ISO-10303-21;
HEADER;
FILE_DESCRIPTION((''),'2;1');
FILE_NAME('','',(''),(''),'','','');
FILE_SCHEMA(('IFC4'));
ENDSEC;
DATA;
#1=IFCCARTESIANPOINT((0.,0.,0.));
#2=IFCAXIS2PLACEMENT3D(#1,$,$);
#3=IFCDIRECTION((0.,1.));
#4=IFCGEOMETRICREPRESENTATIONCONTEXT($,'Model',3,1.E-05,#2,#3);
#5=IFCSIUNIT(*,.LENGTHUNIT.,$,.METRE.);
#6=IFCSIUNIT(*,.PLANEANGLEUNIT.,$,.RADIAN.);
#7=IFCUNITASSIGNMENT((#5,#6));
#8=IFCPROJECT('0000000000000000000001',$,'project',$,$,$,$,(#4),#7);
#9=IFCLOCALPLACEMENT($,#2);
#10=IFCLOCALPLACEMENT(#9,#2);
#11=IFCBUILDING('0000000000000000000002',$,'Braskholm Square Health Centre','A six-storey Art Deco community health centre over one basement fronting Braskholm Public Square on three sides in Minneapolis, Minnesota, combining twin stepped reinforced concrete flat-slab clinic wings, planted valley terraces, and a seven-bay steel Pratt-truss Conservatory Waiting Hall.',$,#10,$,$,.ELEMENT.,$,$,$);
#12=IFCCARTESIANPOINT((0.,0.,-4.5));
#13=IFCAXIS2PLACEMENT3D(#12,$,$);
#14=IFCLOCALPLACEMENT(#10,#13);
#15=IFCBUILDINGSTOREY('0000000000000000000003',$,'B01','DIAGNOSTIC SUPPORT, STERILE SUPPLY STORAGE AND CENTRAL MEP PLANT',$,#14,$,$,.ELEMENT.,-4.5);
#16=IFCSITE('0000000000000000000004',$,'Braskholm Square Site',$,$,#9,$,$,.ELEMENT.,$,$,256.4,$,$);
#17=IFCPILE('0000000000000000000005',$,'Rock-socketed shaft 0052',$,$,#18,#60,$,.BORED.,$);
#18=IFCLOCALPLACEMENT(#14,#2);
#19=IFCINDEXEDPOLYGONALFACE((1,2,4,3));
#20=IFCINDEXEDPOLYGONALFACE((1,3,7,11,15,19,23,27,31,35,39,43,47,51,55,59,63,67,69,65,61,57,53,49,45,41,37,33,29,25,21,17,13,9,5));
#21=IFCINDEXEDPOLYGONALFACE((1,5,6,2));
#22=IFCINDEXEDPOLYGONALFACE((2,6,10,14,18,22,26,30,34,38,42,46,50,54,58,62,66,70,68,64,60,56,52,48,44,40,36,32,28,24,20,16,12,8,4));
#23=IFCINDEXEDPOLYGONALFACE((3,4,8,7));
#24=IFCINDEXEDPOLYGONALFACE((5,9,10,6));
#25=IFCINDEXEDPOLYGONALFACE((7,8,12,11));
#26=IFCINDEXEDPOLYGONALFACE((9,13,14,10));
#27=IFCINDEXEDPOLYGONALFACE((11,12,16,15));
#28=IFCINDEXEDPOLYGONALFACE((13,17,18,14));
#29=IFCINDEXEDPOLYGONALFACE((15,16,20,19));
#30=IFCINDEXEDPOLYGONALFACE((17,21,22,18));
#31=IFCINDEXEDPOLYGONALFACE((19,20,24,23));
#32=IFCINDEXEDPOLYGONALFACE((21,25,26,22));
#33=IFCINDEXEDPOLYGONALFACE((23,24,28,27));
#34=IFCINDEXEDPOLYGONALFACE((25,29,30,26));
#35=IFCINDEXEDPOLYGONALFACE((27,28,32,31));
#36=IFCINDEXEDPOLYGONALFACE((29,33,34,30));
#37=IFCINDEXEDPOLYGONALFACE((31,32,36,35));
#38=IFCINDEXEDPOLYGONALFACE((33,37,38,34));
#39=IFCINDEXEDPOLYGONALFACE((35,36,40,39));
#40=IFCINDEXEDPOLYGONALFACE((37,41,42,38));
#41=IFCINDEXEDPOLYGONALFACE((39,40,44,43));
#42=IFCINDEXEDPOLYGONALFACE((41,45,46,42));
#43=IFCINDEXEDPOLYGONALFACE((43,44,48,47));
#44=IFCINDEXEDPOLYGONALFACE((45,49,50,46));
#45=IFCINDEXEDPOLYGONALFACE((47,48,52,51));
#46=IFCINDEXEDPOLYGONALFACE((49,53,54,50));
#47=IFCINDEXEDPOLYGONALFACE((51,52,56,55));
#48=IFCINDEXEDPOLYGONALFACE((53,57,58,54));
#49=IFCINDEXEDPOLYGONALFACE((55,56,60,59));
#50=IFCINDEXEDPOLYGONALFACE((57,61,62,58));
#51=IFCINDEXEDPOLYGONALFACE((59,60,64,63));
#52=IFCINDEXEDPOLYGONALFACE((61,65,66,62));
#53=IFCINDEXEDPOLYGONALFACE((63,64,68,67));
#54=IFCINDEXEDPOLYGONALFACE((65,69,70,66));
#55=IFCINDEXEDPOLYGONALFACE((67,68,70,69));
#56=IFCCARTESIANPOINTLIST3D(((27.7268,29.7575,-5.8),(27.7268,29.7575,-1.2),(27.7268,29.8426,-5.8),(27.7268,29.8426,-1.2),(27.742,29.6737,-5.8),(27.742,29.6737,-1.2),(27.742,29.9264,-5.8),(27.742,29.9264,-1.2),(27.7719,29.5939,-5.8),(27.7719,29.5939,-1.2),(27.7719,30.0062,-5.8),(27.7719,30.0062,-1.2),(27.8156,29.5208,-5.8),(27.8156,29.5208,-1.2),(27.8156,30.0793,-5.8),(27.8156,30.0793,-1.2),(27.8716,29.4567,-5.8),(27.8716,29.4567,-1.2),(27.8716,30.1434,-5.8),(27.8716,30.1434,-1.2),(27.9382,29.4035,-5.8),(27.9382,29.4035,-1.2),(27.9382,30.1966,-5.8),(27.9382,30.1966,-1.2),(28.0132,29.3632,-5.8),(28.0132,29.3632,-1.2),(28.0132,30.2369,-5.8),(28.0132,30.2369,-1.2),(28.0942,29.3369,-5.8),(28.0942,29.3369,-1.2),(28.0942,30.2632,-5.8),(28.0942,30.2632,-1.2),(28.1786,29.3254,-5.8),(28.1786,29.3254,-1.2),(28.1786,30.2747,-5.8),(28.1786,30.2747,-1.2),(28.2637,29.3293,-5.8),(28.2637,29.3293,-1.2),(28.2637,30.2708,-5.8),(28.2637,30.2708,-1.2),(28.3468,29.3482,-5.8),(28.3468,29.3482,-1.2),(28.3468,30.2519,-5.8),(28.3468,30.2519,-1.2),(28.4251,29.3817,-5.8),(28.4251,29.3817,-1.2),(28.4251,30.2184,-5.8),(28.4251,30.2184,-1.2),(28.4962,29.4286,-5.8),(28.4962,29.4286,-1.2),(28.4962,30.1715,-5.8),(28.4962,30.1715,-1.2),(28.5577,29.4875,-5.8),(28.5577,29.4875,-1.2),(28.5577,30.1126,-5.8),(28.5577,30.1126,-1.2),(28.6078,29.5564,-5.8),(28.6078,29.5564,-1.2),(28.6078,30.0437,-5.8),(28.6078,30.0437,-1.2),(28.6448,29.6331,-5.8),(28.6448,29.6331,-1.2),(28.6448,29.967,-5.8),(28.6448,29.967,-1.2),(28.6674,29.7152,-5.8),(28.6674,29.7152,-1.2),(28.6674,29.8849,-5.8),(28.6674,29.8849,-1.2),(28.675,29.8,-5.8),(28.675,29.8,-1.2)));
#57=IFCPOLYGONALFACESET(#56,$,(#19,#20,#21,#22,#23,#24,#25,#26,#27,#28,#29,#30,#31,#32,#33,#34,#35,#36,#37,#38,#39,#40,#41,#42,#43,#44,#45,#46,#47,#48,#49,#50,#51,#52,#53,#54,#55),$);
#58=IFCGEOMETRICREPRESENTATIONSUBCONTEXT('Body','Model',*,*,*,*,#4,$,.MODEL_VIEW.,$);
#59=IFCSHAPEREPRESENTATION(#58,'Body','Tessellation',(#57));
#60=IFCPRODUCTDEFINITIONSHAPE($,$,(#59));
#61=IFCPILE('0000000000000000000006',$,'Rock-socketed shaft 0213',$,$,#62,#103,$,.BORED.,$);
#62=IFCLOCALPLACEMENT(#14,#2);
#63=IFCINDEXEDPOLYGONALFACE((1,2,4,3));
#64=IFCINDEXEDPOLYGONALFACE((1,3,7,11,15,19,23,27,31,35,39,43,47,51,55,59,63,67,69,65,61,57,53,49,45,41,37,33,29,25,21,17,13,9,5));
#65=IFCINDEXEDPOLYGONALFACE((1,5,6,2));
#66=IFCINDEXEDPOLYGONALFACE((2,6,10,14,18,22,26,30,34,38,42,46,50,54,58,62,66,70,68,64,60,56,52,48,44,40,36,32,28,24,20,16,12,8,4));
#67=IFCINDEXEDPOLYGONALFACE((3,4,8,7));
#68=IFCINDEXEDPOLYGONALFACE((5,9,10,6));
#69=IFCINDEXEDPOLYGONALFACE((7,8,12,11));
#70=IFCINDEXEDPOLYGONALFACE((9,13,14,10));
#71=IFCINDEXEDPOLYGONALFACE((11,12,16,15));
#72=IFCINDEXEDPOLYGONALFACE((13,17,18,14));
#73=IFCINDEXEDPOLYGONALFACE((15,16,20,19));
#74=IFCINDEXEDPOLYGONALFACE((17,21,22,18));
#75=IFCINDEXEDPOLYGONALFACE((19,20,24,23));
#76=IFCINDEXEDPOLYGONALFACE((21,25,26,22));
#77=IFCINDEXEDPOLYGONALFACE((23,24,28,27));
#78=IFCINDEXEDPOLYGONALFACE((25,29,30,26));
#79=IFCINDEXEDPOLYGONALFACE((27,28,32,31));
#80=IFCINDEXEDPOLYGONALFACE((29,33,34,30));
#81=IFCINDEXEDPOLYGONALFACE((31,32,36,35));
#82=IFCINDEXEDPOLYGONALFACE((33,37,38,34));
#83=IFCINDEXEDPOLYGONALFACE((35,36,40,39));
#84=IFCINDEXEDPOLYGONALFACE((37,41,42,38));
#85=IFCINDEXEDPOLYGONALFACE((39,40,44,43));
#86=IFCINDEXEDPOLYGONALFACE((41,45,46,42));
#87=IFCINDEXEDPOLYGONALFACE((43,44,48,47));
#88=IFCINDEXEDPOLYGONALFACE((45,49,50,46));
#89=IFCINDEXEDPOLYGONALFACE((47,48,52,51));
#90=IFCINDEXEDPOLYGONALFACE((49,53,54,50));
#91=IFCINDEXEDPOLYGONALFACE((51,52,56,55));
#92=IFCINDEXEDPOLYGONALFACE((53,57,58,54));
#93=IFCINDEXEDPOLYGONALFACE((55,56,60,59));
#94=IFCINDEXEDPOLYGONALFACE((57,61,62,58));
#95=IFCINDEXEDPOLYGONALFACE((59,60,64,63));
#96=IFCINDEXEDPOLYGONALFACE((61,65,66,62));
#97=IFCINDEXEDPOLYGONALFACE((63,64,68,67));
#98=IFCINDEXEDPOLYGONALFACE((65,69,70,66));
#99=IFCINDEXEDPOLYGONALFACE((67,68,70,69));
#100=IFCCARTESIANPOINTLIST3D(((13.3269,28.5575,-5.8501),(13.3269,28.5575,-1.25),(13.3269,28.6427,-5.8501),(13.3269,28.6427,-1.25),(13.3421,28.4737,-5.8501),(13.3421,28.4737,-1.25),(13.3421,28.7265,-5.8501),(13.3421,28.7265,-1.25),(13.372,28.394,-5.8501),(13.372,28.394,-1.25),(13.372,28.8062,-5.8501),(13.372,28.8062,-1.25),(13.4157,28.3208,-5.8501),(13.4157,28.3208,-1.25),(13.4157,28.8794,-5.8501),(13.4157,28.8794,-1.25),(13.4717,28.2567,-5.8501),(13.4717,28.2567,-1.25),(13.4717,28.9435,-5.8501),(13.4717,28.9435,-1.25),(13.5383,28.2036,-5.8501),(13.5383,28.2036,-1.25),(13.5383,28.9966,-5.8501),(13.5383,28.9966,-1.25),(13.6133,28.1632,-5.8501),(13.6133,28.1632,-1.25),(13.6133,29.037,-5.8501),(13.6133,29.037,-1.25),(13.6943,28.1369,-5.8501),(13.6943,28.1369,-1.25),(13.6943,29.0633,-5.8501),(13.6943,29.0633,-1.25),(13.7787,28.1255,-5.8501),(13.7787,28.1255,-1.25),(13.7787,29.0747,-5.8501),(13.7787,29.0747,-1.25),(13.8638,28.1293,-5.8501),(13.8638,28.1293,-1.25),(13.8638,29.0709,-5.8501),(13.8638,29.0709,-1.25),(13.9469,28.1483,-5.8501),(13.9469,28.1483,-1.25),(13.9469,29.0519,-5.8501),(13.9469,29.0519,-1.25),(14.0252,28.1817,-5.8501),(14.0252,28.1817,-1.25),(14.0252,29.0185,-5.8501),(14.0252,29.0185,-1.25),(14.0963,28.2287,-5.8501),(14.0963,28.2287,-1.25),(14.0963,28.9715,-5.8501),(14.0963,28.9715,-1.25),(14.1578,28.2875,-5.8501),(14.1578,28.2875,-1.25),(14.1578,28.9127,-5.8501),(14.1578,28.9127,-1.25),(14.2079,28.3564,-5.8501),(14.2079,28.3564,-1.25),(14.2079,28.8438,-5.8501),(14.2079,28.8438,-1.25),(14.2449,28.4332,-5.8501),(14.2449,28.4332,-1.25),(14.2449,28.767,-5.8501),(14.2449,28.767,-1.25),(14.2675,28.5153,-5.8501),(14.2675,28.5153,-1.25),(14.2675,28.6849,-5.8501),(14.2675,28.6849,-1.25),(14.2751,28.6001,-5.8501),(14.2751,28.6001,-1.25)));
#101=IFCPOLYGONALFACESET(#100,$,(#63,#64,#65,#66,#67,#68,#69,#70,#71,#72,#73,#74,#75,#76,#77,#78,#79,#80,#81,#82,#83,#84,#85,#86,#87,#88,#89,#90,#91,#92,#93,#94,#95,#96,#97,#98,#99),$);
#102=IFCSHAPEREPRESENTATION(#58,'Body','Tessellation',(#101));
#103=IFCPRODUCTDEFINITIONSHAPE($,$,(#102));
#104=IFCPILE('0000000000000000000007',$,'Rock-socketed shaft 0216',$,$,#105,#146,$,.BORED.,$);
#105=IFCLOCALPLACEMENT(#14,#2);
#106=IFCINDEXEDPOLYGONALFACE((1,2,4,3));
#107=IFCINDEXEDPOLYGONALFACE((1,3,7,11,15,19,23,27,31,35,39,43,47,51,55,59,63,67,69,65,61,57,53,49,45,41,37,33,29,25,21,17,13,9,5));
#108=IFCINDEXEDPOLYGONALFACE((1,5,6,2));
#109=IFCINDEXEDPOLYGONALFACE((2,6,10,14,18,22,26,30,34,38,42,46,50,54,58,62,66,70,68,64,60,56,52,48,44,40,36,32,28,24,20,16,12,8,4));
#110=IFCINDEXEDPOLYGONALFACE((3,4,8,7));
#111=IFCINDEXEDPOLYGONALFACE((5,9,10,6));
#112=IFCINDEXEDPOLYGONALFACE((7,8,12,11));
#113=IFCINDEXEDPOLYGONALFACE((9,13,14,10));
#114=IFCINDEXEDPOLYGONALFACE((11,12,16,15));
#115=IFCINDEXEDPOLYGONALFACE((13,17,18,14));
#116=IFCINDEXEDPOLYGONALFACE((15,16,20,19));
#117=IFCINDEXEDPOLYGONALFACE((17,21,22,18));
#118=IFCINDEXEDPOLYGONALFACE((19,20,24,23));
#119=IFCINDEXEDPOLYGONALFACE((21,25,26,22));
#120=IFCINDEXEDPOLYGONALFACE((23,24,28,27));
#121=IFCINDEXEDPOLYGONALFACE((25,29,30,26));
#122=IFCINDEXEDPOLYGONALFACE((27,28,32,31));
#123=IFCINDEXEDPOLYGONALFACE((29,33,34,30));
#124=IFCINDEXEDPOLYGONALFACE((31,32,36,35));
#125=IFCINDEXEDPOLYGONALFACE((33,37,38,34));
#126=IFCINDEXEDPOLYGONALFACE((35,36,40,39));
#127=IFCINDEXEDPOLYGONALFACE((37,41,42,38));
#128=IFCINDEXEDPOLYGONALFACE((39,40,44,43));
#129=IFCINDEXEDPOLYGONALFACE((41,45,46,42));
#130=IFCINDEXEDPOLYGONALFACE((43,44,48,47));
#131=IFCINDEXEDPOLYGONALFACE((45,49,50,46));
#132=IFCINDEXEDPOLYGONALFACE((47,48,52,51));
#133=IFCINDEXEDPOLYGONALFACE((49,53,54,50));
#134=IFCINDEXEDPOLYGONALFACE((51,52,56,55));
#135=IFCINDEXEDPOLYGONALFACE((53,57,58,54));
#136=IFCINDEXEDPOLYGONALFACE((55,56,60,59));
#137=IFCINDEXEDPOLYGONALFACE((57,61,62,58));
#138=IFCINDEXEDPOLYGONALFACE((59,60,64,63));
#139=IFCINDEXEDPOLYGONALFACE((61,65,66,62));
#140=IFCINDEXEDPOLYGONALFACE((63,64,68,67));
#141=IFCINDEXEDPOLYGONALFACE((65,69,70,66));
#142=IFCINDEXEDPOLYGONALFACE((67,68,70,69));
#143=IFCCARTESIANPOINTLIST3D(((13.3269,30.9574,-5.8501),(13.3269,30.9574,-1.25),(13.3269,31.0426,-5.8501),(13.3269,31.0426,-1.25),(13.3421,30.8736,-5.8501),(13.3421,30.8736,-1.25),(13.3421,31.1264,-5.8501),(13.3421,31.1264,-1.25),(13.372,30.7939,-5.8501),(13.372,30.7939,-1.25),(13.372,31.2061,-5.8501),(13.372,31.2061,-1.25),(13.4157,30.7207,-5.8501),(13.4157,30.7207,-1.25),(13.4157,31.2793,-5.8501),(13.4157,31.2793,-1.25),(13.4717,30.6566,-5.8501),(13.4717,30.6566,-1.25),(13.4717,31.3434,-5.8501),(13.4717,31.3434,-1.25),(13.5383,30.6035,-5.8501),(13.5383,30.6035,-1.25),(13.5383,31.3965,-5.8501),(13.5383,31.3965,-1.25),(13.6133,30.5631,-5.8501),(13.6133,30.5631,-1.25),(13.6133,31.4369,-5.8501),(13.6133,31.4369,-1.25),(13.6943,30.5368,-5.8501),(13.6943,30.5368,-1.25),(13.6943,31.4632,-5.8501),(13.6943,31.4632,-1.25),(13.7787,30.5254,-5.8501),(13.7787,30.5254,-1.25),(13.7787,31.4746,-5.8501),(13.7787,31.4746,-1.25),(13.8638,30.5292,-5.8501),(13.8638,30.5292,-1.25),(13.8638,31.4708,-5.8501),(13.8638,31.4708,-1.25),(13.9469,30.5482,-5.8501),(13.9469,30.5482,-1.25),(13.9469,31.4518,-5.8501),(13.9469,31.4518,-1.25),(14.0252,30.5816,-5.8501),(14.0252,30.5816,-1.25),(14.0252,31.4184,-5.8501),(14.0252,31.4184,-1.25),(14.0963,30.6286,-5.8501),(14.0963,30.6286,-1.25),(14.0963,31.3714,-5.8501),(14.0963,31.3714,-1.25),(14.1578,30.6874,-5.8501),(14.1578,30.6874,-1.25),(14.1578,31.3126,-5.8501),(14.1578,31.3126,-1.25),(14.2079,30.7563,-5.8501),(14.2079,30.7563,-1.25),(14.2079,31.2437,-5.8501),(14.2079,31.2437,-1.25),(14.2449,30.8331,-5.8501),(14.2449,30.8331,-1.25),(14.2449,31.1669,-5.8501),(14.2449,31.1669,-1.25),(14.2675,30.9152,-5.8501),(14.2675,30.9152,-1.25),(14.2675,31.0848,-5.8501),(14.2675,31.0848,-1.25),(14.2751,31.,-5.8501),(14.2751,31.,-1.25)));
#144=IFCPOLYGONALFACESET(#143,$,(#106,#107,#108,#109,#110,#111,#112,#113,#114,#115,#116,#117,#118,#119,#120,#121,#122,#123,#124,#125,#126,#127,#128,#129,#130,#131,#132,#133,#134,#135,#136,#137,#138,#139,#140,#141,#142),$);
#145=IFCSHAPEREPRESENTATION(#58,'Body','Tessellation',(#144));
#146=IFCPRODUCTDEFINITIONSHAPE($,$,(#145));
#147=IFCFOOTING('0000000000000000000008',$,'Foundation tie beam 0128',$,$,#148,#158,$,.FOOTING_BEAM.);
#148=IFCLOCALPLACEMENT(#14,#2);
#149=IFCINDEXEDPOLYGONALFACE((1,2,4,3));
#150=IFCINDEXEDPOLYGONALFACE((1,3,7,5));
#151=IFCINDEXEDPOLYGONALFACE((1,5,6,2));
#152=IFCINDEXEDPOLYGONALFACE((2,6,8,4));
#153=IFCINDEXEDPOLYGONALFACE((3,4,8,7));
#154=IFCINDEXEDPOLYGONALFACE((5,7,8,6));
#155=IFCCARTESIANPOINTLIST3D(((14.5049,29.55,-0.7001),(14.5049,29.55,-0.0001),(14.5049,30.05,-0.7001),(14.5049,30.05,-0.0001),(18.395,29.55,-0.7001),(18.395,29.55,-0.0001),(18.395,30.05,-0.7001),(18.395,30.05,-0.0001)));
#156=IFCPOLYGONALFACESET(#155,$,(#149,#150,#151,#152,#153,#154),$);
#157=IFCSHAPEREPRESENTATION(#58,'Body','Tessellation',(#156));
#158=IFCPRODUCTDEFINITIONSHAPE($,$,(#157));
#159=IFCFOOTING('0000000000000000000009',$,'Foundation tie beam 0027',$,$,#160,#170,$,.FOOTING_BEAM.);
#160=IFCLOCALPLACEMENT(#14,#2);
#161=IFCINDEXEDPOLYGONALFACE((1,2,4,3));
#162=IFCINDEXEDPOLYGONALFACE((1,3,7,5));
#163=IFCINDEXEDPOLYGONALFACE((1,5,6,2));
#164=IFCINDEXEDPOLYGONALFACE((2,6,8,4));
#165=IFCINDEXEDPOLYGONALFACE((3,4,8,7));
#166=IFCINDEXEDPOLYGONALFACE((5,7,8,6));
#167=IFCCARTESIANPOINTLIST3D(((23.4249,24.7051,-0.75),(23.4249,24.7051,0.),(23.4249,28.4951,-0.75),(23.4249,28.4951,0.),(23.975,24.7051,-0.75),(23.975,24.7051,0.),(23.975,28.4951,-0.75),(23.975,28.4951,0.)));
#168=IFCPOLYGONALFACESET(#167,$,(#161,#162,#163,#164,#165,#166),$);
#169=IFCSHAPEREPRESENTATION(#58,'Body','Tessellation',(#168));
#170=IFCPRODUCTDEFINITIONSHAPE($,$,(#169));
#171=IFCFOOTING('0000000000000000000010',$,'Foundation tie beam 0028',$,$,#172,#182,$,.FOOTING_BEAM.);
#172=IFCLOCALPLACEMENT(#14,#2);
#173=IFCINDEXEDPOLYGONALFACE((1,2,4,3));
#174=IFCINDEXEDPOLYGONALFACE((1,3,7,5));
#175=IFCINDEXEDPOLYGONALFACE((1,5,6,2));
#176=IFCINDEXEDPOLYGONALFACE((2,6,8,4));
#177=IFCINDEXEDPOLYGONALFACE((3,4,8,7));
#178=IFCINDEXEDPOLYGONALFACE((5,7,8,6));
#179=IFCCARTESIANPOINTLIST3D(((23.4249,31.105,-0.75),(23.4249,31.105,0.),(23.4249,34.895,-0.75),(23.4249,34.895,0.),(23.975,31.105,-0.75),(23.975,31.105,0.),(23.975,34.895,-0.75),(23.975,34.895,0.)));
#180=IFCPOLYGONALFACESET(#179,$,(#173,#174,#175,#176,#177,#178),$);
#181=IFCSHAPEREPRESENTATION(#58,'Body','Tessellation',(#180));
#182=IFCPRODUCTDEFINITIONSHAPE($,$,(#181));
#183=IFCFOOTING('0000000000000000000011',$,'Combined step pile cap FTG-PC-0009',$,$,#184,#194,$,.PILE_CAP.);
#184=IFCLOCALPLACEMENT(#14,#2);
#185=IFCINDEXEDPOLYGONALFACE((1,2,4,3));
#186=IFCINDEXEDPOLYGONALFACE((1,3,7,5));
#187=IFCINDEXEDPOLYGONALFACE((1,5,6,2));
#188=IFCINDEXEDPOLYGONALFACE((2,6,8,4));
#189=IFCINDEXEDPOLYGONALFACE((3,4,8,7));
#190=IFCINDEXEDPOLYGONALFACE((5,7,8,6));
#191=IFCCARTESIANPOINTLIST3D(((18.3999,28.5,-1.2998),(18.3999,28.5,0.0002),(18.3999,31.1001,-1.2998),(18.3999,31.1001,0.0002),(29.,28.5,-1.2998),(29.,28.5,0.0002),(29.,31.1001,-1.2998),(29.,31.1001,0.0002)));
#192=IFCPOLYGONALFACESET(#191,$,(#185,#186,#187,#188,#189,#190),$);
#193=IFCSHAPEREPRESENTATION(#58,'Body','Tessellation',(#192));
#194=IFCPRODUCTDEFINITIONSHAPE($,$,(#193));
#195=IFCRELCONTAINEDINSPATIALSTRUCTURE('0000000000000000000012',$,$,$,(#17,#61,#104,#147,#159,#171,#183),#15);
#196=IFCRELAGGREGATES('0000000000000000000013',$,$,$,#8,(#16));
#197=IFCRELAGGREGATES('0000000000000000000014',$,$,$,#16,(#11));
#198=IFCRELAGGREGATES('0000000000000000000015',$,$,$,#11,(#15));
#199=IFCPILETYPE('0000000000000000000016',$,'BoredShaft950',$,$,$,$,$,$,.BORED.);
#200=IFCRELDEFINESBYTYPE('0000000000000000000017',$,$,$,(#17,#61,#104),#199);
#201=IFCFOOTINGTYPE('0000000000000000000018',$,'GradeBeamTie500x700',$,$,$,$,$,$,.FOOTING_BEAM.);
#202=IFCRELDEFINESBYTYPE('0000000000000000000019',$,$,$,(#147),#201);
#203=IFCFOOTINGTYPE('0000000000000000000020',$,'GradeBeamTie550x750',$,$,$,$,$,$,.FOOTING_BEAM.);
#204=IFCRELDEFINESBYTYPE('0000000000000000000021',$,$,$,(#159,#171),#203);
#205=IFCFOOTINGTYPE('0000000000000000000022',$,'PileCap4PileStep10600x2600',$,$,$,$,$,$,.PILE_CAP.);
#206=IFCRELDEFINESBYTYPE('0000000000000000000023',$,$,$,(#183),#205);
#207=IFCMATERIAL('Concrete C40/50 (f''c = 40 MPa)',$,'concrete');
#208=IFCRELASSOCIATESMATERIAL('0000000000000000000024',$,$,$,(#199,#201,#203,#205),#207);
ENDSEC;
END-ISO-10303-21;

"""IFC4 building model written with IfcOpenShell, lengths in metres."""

from ifc_helpers import new_model, si_unit, direction, frame, origin, origin_2d, place, context, subcontext, project, spatial, rectangle, circle, extrude, material, material_profile, profile_set, type_object, element, save


model = new_model("IFC4")

# Units and contexts
model_context = context("Model", 3, precision=1e-05, world=origin(), true_north=direction((0.0, 1.0)))
body_context = subcontext(model_context, "Body", "Model", "MODEL_VIEW")
ifc_project = project(units=[si_unit("LENGTHUNIT", "METRE"), si_unit("PLANEANGLEUNIT", "RADIAN")], contexts=[model_context])

# Site, building, storey
site_placement = place(None, origin())
site = spatial("IfcSite", under=ifc_project, at=site_placement, Name="Braskholm Square Site", CompositionType="ELEMENT", RefElevation=256.4)
building_placement = place(site_placement, origin())
building = spatial("IfcBuilding", under=site, at=building_placement, Name="Braskholm Square Health Centre", Description="A six-storey Art Deco community health centre over one basement fronting Braskholm Public Square on three sides in Minneapolis, Minnesota, combining twin stepped reinforced concrete flat-slab clinic wings, planted valley terraces, and a seven-bay steel Pratt-truss Conservatory Waiting Hall.", CompositionType="ELEMENT")
storey_placement = place(building_placement, frame((0.0, 0.0, -4.5)))
storey = spatial("IfcBuildingStorey", under=building, at=storey_placement, Name="B01", Description="DIAGNOSTIC SUPPORT, STERILE SUPPLY STORAGE AND CENTRAL MEP PLANT", CompositionType="ELEMENT", Elevation=-4.5)

# Piles
ifc_material_1 = material(Name="Concrete C40/50 (f'c = 40 MPa)", Category="concrete")
ifc_material_profile_1 = material_profile(ifc_material_1, circle(Radius=0.4751, at=origin_2d()), Name="BORED-PILE-950")
ifc_profile_set_1 = profile_set([ifc_material_profile_1], Name="Concrete C40/50 (f'c = 40 MPa)")
pile_type_1 = type_object("IfcPileType", Name="BoredShaft950", PredefinedType="BORED", material=ifc_profile_set_1)
for number, where, z_axis, x_axis, name in (
    (1, (28.2, 29.8, -1.2), (0.0, 0.0, -1.0), (1.0, 0.0, 0.0), "Rock-socketed shaft 0052"),
    (2, (13.8, 28.6001, -1.25), (0.0, 0.0, -1.0), (1.0, 0.0, 0.0), "Rock-socketed shaft 0213"),
    (3, (13.8, 31.0, -1.25), (0.0, 0.0, -1.0), (1.0, 0.0, 0.0), "Rock-socketed shaft 0216"),
):
    element("IfcPile", number, at=place(storey_placement, frame(where, z_axis=z_axis, x_axis=x_axis)), inside=storey, type_object=pile_type_1, Name=name, PredefinedType="BORED", context=body_context, shape_type="SweptSolid", body=[
        extrude(circle(Radius=0.4751, at=origin_2d()), origin(), (0.0, 0.0, 1.0), 4.6001),
    ])

# Footings
ifc_material_profile_2 = material_profile(ifc_material_1, rectangle(XDim=0.5, YDim=0.7, at=origin_2d()), Name="FTG-500X700")
ifc_profile_set_2 = profile_set([ifc_material_profile_2], Name="Concrete C40/50 (f'c = 40 MPa)")
footing_type_1 = type_object("IfcFootingType", Name="GradeBeamTie500x700", PredefinedType="FOOTING_BEAM", material=ifc_profile_set_2)
footing_1_placement = place(storey_placement, frame((14.5049, 29.8, -0.3501), z_axis=(1.0, 0.0, 0.0), x_axis=(0.0, 1.0, 0.0)))
element("IfcFooting", 4, at=footing_1_placement, inside=storey, type_object=footing_type_1, Name="Foundation tie beam 0128", PredefinedType="FOOTING_BEAM", context=body_context, shape_type="SweptSolid", body=[
    extrude(rectangle(XDim=0.5, YDim=0.7, at=origin_2d()), origin(), (0.0, 0.0, 1.0), 3.8901),
])
ifc_material_profile_3 = material_profile(ifc_material_1, rectangle(XDim=0.55, YDim=0.75, at=origin_2d()), Name="FTG-550X750")
ifc_profile_set_3 = profile_set([ifc_material_profile_3], Name="Concrete C40/50 (f'c = 40 MPa)")
footing_type_2 = type_object("IfcFootingType", Name="GradeBeamTie550x750", PredefinedType="FOOTING_BEAM", material=ifc_profile_set_3)
for number, where, z_axis, x_axis, name in (
    (5, (23.7, 24.7051, -0.375), (0.0, 1.0, 0.0), (-1.0, 0.0, 0.0), "Foundation tie beam 0027"),
    (6, (23.7, 31.105, -0.375), (0.0, 1.0, 0.0), (-1.0, 0.0, 0.0), "Foundation tie beam 0028"),
):
    element("IfcFooting", number, at=place(storey_placement, frame(where, z_axis=z_axis, x_axis=x_axis)), inside=storey, type_object=footing_type_2, Name=name, PredefinedType="FOOTING_BEAM", context=body_context, shape_type="SweptSolid", body=[
        extrude(rectangle(XDim=0.55, YDim=0.75, at=origin_2d()), origin(), (0.0, 0.0, 1.0), 3.79),
    ])
footing_type_3 = type_object("IfcFootingType", Name="PileCap4PileStep10600x2600", PredefinedType="PILE_CAP", material=ifc_material_1)
footing_2_placement = place(storey_placement, frame((23.7, 29.8, -1.2998), z_axis=(0.0, 0.0, 1.0), x_axis=(1.0, 0.0, 0.0)))
element("IfcFooting", 7, at=footing_2_placement, inside=storey, type_object=footing_type_3, Name="Combined step pile cap FTG-PC-0009", PredefinedType="PILE_CAP", context=body_context, shape_type="SweptSolid", body=[
    extrude(rectangle(XDim=10.6001, YDim=2.6001, at=origin_2d()), origin(), (0.0, 0.0, 1.0), 1.3),
])

save(model, "model.ifc")
